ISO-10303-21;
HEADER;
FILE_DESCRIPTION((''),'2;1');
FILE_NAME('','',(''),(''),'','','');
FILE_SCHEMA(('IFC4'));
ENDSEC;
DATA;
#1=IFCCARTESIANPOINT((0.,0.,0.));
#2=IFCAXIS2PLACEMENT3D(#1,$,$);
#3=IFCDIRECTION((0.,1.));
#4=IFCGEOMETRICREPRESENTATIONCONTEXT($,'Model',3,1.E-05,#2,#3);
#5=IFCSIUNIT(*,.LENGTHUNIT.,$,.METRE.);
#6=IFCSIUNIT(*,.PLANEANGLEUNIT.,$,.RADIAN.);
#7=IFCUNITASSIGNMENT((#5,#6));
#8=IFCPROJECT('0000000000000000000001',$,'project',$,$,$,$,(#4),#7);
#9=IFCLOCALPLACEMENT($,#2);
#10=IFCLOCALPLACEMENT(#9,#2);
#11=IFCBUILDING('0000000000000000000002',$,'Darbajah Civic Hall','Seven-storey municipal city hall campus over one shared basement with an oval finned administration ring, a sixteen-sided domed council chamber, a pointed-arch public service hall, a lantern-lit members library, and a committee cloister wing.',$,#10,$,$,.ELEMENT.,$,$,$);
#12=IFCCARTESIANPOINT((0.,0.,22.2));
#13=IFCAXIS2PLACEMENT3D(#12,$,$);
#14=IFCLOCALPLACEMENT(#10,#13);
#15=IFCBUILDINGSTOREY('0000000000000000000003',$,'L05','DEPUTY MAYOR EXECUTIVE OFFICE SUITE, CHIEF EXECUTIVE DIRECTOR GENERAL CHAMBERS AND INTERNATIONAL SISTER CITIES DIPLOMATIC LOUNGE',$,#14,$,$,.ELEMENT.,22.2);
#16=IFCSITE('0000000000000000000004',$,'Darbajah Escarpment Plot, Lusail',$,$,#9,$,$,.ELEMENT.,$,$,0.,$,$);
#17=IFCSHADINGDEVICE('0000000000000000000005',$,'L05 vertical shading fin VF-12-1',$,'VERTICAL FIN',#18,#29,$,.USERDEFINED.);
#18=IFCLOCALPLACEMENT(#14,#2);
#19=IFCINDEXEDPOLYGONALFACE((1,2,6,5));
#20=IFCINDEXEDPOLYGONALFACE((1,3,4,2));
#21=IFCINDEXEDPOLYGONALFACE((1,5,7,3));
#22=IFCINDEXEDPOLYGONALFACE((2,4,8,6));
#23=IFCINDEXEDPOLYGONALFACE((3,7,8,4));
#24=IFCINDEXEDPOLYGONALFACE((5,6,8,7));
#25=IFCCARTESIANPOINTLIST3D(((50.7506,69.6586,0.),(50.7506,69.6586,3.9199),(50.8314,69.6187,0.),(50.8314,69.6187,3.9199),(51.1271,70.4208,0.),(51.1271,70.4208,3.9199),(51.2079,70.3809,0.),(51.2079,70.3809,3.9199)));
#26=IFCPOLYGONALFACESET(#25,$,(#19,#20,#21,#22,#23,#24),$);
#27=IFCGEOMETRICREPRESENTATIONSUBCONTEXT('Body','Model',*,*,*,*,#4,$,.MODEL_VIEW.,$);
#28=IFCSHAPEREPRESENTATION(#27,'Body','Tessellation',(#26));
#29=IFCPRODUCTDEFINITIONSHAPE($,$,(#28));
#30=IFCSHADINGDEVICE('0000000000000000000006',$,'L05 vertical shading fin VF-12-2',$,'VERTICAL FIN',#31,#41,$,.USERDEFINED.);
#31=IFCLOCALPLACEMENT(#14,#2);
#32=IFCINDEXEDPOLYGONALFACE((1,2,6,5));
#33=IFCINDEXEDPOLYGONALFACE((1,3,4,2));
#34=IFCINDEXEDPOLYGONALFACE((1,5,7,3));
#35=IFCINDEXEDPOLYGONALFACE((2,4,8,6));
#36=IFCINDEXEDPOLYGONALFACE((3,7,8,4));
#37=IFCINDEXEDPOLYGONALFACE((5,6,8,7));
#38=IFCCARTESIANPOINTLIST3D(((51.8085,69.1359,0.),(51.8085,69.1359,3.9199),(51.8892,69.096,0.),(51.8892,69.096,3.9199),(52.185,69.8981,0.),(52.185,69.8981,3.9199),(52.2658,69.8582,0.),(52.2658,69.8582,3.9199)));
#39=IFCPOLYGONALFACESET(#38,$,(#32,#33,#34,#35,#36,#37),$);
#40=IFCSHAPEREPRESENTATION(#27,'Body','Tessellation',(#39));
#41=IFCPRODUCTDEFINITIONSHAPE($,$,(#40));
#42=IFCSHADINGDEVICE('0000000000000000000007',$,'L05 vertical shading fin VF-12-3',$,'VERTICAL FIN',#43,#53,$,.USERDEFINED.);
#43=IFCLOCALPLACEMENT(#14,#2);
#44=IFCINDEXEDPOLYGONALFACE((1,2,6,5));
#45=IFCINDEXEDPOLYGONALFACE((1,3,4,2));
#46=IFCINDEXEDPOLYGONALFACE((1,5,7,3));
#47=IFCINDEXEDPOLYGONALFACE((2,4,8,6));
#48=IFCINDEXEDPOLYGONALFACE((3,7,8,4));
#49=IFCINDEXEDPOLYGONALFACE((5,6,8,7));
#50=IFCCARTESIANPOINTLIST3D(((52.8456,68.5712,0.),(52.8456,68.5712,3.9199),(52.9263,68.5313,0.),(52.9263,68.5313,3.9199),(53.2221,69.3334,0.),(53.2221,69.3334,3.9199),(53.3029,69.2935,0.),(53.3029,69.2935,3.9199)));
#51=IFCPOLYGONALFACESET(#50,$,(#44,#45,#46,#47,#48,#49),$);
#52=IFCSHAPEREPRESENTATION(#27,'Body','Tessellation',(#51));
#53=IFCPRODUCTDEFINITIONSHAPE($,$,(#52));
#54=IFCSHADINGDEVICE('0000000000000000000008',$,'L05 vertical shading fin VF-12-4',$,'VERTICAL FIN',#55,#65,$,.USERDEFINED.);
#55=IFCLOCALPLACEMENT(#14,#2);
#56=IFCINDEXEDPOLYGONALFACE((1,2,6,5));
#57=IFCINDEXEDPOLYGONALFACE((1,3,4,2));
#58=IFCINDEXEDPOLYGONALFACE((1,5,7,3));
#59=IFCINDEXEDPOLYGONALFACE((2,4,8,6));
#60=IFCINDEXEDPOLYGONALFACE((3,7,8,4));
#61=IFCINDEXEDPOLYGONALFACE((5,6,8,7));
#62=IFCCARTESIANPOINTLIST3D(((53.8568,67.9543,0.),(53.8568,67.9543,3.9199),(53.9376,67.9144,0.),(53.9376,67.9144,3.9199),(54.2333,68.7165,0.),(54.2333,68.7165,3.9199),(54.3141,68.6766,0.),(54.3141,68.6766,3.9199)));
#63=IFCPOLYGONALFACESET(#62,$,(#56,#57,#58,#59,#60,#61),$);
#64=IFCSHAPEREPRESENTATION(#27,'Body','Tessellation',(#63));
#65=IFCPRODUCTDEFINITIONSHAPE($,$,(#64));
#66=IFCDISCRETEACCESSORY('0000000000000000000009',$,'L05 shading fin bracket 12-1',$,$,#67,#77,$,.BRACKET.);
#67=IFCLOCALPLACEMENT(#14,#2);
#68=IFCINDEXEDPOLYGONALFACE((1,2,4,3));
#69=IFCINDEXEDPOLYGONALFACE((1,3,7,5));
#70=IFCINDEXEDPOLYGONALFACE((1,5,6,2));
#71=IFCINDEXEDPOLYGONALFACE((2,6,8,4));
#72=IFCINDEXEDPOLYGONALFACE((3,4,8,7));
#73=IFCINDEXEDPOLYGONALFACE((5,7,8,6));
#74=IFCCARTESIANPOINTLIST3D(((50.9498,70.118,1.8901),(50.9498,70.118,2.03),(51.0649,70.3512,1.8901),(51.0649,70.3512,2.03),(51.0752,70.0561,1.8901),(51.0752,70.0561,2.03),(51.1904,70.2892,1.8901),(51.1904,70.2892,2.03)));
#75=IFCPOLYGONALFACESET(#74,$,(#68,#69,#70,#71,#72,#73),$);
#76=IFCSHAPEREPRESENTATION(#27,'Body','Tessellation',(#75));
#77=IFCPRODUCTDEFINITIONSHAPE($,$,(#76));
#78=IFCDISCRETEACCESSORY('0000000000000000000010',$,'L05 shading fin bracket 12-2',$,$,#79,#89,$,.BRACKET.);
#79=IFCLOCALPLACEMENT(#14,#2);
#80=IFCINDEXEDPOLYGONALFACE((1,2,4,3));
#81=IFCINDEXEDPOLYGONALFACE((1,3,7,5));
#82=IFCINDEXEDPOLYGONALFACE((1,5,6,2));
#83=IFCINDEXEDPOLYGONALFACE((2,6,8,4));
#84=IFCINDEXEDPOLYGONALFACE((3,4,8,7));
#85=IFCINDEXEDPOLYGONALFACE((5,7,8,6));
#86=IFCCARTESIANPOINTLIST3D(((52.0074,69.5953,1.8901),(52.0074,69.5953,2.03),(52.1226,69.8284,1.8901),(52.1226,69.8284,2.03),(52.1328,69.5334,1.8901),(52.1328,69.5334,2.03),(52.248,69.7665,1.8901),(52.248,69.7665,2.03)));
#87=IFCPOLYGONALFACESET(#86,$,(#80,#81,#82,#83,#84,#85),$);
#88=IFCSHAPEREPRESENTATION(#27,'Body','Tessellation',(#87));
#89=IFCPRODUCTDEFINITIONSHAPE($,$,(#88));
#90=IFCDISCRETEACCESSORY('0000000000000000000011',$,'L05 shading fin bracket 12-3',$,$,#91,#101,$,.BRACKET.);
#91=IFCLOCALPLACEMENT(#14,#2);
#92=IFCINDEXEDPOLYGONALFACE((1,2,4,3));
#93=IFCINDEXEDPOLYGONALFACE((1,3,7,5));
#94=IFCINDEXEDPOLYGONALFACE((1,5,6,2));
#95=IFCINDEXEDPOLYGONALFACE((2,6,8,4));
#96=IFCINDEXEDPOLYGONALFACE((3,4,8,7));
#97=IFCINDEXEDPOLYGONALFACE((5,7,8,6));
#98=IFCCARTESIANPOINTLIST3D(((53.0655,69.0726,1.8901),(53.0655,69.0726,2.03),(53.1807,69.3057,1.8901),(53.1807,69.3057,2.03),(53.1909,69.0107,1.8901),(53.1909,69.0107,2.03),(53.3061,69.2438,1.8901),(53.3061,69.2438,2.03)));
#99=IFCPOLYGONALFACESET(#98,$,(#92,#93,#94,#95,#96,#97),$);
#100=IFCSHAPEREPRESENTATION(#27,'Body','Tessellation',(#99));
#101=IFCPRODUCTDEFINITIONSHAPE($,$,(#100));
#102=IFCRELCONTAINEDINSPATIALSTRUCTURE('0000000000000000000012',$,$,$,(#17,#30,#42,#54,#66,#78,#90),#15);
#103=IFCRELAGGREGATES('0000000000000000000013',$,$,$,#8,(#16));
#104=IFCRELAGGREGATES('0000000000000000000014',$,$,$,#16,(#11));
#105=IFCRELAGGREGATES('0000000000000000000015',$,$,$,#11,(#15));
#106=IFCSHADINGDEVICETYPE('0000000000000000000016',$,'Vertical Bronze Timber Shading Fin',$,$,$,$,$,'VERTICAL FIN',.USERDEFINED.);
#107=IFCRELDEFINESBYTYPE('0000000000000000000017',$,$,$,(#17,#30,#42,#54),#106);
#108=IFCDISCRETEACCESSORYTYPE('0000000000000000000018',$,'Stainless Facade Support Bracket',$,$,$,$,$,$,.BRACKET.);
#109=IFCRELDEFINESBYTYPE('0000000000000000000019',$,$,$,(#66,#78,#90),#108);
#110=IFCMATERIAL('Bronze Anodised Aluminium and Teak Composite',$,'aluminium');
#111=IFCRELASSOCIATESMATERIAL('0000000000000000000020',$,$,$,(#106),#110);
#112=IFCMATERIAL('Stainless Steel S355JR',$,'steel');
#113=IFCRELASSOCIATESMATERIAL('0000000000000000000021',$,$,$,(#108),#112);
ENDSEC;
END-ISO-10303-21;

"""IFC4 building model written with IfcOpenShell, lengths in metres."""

from ifc_helpers import new_model, si_unit, direction, frame, origin, origin_2d, place, context, subcontext, project, spatial, rectangle, extrude, material, type_object, element, save


model = new_model("IFC4")

# Units and contexts
model_context = context("Model", 3, precision=1e-05, world=origin(), true_north=direction((0.0, 1.0)))
body_context = subcontext(model_context, "Body", "Model", "MODEL_VIEW")
ifc_project = project(units=[si_unit("LENGTHUNIT", "METRE"), si_unit("PLANEANGLEUNIT", "RADIAN")], contexts=[model_context])

# Site, building, storey
site_placement = place(None, origin())
site = spatial("IfcSite", under=ifc_project, at=site_placement, Name="Darbajah Escarpment Plot, Lusail", CompositionType="ELEMENT", RefElevation=0.0)
building_placement = place(site_placement, origin())
building = spatial("IfcBuilding", under=site, at=building_placement, Name="Darbajah Civic Hall", Description="Seven-storey municipal city hall campus over one shared basement with an oval finned administration ring, a sixteen-sided domed council chamber, a pointed-arch public service hall, a lantern-lit members library, and a committee cloister wing.", CompositionType="ELEMENT")
storey_placement = place(building_placement, frame((0.0, 0.0, 22.2)))
storey = spatial("IfcBuildingStorey", under=building, at=storey_placement, Name="L05", Description="DEPUTY MAYOR EXECUTIVE OFFICE SUITE, CHIEF EXECUTIVE DIRECTOR GENERAL CHAMBERS AND INTERNATIONAL SISTER CITIES DIPLOMATIC LOUNGE", CompositionType="ELEMENT", Elevation=22.2)

# Shading devices
ifc_material_1 = material(Name="Bronze Anodised Aluminium and Teak Composite", Category="aluminium")
shading_device_type = type_object("IfcShadingDeviceType", Name="Vertical Bronze Timber Shading Fin", ElementType="VERTICAL FIN", PredefinedType="USERDEFINED", material=ifc_material_1)
for number, where, z_axis, x_axis, name in (
    (1, (50.9792, 70.0198, 0.0), (0.0, 0.0, 1.0), (-0.442915, -0.896564, 0.0), "L05 vertical shading fin VF-12-1"),
    (2, (52.0371, 69.4971, 0.0), (0.0, 0.0, 1.0), (-0.442915, -0.896564, 0.0), "L05 vertical shading fin VF-12-2"),
    (3, (53.0742, 68.9324, 0.0), (0.0, 0.0, 1.0), (-0.442915, -0.896564, 0.0), "L05 vertical shading fin VF-12-3"),
    (4, (54.0854, 68.3154, 0.0), (0.0, 0.0, 1.0), (-0.442915, -0.896564, 0.0), "L05 vertical shading fin VF-12-4"),
):
    element("IfcShadingDevice", number, at=place(storey_placement, frame(where, z_axis=z_axis, x_axis=x_axis)), inside=storey, type_object=shading_device_type, Name=name, ObjectType="VERTICAL FIN", PredefinedType="USERDEFINED", context=body_context, shape_type="SweptSolid", body=[
        extrude(rectangle(XDim=0.8501, YDim=0.0901, at=origin_2d()), origin(), (0.0, 0.0, 1.0), 3.9199),
    ])

# Discrete accessories
ifc_material_2 = material(Name="Stainless Steel S355JR", Category="steel")
discrete_accessory_type = type_object("IfcDiscreteAccessoryType", Name="Stainless Facade Support Bracket", PredefinedType="BRACKET", material=ifc_material_2)
for number, where, z_axis, x_axis, name in (
    (5, (51.0701, 70.2036, 1.8901), (0.0, 0.0, 1.0), (-0.442915, -0.896564, 0.0), "L05 shading fin bracket 12-1"),
    (6, (52.1277, 69.6809, 1.8901), (0.0, 0.0, 1.0), (-0.442915, -0.896564, 0.0), "L05 shading fin bracket 12-2"),
    (7, (53.1858, 69.1582, 1.8901), (0.0, 0.0, 1.0), (-0.442915, -0.896564, 0.0), "L05 shading fin bracket 12-3"),
):
    element("IfcDiscreteAccessory", number, at=place(storey_placement, frame(where, z_axis=z_axis, x_axis=x_axis)), inside=storey, type_object=discrete_accessory_type, Name=name, PredefinedType="BRACKET", context=body_context, shape_type="SweptSolid", body=[
        extrude(rectangle(XDim=0.26, YDim=0.1399, at=origin_2d()), origin(), (0.0, 0.0, 1.0), 0.1399),
    ])

save(model, "model.ifc")
